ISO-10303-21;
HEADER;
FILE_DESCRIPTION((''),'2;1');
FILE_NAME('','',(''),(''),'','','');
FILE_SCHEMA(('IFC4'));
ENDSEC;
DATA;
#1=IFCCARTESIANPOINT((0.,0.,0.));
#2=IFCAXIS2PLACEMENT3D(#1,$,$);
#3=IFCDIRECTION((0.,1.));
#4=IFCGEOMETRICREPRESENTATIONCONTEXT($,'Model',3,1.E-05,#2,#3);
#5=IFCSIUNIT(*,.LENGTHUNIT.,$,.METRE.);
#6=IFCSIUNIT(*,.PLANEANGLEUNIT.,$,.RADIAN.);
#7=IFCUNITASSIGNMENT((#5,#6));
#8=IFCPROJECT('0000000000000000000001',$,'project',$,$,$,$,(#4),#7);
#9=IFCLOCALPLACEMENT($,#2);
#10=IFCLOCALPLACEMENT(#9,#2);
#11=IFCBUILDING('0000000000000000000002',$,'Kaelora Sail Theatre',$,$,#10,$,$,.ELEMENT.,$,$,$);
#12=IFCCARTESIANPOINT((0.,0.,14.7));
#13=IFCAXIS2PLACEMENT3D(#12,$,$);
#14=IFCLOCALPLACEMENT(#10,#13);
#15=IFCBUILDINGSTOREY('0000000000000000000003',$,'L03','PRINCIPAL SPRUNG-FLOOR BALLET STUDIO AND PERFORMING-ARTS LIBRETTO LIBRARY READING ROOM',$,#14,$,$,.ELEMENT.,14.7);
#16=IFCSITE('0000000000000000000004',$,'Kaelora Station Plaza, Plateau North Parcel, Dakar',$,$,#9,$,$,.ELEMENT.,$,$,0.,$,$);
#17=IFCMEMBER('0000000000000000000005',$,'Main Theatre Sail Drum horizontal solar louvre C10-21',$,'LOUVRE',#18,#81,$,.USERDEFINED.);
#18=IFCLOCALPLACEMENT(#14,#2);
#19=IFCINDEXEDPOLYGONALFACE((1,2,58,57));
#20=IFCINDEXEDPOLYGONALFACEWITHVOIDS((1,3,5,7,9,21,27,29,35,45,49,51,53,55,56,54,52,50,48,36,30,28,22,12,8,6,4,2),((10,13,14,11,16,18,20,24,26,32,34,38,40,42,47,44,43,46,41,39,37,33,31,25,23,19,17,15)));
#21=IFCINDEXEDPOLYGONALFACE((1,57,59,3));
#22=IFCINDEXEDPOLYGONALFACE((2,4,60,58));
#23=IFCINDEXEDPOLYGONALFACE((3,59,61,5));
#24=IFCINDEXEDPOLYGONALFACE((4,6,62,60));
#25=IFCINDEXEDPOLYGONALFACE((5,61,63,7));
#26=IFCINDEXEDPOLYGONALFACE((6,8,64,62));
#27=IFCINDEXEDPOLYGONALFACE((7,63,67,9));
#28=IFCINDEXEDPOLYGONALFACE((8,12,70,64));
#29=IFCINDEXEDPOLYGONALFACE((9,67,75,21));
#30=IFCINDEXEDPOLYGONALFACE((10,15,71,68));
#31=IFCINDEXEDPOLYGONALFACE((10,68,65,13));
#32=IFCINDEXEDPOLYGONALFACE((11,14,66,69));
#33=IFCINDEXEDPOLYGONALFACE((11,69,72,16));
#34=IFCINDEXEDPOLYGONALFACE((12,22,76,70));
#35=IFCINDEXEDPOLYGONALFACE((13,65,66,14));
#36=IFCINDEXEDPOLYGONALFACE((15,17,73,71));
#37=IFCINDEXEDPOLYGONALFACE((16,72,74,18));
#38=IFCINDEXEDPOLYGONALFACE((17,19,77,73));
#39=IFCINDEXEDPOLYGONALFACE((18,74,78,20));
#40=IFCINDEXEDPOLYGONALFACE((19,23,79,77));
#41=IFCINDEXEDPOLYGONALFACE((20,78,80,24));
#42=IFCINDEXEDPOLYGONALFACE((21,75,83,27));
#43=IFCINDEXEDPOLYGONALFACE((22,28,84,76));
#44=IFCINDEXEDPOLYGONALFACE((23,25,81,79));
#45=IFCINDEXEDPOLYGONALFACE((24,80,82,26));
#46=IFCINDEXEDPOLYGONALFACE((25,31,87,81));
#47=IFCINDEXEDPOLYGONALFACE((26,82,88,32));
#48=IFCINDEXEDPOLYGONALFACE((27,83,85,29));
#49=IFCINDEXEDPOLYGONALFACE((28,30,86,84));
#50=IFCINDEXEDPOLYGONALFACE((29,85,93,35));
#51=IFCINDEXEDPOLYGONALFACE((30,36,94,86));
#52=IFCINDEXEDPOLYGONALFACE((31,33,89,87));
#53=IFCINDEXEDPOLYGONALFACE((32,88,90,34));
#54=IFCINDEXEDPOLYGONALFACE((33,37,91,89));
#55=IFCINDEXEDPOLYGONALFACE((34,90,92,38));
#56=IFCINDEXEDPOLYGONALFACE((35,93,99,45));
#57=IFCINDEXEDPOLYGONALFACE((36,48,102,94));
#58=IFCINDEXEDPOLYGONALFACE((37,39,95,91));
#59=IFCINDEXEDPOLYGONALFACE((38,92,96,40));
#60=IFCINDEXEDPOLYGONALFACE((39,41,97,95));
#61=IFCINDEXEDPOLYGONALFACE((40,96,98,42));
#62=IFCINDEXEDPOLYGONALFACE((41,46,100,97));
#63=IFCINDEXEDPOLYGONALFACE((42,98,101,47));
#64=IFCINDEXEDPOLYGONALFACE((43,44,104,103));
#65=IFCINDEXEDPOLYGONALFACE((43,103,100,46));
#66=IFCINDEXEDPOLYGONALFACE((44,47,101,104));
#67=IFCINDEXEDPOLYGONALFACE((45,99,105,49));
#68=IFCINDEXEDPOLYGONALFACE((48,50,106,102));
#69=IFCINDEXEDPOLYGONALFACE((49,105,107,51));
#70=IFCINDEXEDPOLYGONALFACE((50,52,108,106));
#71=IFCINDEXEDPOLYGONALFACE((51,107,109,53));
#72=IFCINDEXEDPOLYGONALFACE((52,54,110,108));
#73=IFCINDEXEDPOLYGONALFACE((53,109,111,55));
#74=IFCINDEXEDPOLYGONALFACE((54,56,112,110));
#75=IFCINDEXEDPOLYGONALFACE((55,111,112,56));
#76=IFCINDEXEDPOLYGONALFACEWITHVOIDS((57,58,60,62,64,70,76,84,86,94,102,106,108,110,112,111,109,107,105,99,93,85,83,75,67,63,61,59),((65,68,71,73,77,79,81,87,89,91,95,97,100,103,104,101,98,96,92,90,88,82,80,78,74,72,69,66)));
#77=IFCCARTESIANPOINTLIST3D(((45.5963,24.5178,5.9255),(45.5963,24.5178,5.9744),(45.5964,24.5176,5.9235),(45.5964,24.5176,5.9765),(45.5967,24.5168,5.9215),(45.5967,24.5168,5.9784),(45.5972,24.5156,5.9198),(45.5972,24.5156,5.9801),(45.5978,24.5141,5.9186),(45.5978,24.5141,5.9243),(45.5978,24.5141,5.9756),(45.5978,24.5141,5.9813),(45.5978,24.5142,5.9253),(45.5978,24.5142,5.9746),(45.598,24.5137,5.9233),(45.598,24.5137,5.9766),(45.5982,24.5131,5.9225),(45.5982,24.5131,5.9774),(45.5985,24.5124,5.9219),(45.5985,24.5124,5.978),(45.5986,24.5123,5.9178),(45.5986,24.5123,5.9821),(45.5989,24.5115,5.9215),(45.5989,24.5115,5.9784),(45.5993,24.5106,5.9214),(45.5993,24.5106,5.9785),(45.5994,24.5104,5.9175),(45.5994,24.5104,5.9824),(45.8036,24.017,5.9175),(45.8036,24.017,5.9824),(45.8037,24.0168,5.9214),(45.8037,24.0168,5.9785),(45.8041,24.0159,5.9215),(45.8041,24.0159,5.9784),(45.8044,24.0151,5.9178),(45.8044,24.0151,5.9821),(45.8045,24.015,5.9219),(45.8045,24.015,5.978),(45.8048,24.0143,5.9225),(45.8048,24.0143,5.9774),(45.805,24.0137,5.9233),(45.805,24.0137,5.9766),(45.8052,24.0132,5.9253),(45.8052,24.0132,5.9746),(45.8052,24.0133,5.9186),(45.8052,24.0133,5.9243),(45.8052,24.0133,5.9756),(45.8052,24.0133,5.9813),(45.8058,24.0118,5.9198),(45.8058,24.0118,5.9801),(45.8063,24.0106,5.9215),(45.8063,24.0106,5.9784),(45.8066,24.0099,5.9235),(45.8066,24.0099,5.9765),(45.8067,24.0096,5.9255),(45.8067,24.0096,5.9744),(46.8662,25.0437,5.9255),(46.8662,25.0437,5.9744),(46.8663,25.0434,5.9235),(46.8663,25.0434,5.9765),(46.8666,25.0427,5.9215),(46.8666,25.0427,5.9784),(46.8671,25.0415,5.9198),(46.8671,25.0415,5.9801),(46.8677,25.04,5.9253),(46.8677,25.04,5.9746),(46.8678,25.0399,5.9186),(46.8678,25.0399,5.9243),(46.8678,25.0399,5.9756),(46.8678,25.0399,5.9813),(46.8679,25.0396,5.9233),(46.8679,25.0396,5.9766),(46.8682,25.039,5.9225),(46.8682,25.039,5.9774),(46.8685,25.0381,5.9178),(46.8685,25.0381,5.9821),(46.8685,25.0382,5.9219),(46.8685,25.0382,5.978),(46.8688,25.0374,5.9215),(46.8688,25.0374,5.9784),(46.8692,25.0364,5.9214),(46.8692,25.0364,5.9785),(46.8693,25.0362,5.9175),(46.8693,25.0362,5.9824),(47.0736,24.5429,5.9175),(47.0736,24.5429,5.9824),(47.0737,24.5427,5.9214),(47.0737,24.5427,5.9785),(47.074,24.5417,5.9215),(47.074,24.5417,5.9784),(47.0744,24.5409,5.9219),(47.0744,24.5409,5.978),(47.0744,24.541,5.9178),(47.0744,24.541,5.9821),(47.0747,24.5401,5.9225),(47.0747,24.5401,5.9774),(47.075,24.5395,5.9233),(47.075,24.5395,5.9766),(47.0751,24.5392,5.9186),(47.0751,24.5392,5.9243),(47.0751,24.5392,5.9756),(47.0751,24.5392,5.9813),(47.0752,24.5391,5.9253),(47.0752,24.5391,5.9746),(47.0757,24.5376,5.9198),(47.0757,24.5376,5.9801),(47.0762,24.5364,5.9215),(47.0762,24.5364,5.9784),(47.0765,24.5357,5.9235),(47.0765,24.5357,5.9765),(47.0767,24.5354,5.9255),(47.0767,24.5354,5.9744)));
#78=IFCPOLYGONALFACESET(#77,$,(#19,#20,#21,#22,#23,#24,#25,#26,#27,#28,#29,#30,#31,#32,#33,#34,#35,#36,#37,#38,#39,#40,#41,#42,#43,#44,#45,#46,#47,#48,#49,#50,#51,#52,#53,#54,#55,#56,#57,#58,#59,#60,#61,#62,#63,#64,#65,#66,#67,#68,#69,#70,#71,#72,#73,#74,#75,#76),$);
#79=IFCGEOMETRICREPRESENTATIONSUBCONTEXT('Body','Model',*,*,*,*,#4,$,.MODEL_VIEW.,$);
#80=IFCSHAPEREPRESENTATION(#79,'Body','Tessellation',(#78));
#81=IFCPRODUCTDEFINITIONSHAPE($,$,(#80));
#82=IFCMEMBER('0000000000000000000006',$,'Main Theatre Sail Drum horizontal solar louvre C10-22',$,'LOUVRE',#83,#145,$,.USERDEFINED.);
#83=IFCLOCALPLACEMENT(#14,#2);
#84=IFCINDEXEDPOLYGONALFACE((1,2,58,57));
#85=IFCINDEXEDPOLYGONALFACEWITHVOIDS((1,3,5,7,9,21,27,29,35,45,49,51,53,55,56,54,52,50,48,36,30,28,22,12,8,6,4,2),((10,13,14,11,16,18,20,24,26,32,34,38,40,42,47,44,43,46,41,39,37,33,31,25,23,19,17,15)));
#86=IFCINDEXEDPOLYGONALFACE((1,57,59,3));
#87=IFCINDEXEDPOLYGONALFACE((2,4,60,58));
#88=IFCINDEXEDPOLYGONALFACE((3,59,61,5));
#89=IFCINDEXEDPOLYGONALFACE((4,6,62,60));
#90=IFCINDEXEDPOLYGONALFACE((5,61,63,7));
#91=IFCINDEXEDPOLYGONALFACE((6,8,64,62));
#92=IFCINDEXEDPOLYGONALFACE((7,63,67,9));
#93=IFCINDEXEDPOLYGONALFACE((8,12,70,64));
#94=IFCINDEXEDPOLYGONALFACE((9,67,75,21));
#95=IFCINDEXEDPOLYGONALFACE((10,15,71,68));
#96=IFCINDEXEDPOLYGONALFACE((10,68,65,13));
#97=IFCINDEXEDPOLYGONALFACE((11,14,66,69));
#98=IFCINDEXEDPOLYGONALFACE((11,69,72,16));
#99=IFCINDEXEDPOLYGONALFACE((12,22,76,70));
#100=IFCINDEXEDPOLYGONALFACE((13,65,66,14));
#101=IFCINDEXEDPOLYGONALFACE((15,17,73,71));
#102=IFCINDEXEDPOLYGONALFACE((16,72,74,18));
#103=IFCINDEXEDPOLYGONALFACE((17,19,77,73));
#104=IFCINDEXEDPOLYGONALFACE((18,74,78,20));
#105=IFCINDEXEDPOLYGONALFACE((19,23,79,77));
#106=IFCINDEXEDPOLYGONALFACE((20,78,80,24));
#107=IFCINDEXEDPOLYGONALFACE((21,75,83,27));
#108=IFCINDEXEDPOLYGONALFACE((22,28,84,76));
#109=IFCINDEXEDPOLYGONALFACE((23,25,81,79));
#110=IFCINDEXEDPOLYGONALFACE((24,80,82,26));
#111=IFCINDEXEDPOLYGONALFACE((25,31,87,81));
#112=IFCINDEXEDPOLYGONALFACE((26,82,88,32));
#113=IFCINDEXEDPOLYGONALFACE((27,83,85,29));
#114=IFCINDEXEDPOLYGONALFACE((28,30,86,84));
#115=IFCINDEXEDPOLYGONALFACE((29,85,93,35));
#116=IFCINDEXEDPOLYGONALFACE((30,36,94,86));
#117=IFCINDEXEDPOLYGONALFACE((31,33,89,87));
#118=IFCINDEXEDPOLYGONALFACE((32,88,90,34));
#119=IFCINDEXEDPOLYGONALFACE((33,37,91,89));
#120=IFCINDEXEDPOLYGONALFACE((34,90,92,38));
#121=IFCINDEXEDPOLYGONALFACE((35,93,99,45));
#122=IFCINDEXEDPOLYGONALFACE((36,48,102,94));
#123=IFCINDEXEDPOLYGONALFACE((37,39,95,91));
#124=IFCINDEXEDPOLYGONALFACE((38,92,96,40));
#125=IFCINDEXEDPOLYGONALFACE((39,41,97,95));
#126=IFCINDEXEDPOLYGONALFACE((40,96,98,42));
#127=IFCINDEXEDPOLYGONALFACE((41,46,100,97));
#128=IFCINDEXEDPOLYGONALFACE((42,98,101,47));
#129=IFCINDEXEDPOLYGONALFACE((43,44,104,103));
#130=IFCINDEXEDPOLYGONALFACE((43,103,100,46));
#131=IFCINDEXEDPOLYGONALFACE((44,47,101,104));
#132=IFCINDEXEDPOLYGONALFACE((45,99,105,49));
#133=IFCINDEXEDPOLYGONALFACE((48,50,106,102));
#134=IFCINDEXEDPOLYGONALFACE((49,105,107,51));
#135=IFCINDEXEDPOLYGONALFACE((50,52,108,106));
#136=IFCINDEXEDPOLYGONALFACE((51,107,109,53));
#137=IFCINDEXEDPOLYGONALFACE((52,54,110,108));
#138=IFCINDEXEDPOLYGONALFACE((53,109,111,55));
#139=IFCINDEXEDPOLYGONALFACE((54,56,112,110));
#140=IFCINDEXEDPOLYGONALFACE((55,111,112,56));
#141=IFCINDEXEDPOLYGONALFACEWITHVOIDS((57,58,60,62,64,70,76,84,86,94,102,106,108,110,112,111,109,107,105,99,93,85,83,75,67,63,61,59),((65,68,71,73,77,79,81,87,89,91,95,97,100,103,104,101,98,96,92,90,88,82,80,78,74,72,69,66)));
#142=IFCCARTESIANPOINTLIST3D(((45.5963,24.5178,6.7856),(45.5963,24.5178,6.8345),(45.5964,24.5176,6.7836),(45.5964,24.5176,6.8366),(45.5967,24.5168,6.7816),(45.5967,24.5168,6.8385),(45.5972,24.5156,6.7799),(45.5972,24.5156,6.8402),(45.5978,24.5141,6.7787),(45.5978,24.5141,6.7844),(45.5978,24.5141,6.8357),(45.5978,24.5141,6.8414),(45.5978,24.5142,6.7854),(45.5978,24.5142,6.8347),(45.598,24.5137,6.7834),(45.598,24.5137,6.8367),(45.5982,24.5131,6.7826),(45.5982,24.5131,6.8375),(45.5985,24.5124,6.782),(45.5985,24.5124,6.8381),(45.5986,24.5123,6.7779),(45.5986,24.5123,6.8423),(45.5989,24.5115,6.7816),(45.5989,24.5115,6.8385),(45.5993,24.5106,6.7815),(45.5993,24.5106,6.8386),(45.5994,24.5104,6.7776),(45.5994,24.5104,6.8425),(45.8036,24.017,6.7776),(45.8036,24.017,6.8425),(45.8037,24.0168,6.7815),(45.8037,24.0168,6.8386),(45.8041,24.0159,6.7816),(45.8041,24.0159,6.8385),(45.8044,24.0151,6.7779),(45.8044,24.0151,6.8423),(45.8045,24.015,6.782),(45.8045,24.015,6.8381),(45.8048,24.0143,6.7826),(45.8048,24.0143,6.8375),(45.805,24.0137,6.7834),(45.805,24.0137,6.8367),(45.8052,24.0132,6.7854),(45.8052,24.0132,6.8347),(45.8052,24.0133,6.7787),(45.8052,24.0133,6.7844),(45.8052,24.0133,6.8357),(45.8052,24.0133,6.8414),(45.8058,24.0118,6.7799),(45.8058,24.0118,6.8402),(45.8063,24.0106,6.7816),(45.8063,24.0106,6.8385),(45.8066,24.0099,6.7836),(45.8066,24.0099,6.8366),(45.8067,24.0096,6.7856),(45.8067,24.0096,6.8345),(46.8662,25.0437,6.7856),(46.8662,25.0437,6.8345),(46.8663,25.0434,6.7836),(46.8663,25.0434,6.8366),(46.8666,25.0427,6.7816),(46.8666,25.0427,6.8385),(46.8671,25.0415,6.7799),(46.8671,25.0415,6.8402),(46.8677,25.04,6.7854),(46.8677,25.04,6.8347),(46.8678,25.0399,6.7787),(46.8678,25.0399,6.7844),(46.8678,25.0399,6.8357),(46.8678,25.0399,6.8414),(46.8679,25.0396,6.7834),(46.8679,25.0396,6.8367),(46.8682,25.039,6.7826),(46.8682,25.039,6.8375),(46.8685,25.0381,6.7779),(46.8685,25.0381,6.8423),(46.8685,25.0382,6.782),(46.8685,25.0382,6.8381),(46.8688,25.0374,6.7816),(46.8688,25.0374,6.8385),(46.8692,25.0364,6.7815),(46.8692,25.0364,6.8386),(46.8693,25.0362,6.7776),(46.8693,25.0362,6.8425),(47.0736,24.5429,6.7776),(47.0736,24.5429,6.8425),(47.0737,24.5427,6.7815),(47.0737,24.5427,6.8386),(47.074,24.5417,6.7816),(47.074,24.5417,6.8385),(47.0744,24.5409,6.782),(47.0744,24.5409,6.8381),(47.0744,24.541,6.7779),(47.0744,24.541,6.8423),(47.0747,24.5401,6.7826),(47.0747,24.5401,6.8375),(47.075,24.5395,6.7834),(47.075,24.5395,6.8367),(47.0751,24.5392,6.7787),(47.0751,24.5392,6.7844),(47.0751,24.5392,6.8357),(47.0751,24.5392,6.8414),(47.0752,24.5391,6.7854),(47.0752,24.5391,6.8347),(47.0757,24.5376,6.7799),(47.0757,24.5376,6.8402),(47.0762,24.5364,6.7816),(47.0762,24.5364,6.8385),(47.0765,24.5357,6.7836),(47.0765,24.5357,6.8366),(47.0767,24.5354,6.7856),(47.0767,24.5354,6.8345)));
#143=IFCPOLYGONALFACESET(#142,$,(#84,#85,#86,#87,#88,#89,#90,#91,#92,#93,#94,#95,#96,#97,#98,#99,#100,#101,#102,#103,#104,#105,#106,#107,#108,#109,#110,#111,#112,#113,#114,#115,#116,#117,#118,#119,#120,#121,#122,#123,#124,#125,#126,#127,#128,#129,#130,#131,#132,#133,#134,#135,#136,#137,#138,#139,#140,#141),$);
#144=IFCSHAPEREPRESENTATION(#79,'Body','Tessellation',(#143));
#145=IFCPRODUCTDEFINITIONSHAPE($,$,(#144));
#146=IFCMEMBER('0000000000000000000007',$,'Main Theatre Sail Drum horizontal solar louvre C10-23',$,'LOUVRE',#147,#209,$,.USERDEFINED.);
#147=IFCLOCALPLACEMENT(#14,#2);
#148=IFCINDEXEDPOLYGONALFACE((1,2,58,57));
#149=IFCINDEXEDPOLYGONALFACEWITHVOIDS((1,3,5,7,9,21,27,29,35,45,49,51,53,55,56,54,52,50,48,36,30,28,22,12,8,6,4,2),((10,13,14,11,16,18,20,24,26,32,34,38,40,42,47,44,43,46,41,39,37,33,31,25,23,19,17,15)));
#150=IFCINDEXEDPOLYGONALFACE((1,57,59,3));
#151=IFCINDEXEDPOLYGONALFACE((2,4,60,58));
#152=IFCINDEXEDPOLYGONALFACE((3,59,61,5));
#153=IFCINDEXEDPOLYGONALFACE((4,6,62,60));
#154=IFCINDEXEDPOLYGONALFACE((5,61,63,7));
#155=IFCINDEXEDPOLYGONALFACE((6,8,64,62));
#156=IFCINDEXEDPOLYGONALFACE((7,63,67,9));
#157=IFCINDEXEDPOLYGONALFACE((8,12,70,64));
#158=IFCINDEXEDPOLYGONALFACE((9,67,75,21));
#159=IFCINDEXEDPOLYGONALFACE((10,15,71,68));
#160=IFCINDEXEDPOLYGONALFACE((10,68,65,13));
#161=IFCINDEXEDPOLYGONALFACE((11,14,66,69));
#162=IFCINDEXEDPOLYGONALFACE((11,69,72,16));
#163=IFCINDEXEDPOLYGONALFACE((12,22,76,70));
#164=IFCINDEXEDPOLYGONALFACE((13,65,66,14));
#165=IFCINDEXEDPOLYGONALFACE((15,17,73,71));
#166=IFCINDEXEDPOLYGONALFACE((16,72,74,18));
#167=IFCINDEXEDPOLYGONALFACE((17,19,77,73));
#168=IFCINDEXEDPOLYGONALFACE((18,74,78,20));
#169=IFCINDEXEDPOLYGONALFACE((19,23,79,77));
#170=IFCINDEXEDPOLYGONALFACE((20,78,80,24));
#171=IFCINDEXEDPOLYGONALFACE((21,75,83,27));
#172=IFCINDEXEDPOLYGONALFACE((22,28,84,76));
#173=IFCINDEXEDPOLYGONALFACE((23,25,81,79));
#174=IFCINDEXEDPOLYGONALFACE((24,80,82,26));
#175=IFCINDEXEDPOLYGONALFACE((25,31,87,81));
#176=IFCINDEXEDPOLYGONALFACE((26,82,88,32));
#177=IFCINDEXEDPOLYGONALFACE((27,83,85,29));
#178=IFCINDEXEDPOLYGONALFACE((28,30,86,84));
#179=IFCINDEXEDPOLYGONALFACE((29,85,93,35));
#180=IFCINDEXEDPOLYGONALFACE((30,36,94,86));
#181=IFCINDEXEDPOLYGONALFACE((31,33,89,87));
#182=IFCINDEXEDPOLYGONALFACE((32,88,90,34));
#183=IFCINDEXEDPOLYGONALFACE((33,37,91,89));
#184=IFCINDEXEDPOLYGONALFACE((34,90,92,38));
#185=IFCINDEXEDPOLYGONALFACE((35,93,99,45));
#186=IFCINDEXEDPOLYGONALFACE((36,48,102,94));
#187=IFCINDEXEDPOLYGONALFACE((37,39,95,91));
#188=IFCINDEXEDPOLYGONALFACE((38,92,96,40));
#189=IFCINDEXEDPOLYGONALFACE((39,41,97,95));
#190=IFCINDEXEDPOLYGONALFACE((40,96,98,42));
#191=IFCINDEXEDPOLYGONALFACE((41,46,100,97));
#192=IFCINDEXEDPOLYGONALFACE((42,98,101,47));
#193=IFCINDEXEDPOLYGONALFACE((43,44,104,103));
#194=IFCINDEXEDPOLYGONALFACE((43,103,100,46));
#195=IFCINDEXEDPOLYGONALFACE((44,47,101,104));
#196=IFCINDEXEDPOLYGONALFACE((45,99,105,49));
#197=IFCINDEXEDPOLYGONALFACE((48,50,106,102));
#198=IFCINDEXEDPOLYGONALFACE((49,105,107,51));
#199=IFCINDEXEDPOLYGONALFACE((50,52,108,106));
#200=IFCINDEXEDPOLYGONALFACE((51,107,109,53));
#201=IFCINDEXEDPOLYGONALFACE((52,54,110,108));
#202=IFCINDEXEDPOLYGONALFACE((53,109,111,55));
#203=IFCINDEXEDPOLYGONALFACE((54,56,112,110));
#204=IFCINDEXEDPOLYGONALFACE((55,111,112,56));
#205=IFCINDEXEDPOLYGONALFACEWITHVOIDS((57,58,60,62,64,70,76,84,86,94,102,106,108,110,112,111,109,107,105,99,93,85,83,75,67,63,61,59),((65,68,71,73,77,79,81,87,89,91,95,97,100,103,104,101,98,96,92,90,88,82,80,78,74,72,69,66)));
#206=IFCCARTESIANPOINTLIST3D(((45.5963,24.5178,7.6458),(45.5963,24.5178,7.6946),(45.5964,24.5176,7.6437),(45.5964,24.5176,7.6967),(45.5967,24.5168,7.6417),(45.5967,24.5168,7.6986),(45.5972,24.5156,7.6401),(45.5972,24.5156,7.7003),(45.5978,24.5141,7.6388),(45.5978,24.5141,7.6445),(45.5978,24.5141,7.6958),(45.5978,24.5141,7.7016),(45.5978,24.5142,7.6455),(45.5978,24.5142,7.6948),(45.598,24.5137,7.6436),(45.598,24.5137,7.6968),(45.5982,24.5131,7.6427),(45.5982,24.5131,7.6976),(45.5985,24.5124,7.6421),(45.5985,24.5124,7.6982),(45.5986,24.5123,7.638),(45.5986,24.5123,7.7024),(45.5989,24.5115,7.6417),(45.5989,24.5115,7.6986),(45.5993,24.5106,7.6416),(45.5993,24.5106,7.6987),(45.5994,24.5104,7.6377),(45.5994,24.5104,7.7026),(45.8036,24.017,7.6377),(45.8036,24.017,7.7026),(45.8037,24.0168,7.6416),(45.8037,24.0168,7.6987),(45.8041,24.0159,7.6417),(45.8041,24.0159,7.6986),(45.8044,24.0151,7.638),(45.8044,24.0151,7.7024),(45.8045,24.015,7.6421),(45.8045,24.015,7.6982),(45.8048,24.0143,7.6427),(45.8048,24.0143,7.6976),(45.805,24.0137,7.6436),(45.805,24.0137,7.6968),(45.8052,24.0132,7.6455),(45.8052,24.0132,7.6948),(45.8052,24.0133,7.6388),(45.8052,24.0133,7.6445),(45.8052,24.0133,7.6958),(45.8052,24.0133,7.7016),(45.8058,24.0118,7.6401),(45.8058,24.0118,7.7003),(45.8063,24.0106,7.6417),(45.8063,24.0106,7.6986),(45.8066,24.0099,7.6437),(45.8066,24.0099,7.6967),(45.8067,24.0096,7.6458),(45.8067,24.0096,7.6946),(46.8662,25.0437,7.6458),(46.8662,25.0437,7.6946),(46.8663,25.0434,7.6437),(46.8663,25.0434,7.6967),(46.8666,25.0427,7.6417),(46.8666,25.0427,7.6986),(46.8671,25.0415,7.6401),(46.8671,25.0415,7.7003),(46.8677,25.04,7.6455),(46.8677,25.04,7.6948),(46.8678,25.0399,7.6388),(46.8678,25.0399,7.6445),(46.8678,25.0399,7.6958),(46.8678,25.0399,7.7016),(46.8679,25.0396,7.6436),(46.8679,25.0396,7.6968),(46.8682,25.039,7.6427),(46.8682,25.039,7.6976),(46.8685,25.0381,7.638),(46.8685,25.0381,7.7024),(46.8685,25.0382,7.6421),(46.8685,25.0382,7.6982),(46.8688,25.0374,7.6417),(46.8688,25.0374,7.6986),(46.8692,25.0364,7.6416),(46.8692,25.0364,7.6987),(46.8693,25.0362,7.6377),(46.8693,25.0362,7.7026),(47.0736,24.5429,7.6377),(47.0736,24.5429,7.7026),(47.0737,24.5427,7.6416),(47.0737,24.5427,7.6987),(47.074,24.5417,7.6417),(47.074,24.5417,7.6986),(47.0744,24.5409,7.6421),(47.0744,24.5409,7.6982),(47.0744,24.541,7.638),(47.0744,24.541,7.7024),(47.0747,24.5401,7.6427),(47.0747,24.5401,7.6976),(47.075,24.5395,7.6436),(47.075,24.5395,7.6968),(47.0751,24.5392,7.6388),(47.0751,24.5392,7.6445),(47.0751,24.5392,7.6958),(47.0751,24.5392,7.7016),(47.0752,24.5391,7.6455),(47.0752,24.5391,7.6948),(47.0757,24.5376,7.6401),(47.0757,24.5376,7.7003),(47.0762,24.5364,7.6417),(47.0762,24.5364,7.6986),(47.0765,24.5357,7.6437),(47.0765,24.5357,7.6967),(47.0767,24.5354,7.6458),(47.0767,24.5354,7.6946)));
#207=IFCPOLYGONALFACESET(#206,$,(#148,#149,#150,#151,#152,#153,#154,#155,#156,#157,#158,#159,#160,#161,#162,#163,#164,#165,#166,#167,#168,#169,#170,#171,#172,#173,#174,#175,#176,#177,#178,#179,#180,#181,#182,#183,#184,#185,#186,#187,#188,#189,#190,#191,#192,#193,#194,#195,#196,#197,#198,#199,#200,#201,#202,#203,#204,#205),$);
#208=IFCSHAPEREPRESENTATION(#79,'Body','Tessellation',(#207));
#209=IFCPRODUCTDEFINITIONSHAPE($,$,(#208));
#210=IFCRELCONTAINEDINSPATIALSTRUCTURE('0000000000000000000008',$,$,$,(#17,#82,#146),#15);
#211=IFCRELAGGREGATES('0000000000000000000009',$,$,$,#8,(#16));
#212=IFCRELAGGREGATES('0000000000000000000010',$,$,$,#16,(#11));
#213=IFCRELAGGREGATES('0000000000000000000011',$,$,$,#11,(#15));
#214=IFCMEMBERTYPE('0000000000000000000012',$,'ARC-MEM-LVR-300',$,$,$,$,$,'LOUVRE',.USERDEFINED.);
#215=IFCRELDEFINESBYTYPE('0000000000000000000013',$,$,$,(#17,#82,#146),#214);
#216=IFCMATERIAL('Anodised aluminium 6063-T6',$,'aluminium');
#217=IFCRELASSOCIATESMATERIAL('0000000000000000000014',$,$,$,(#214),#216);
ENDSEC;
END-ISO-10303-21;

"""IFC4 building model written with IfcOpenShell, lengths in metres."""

from ifc_helpers import new_model, si_unit, direction, frame, origin, origin_2d, place, context, subcontext, project, spatial, hollow_rectangle, extrude, material, material_profile, profile_set, type_object, element, save


model = new_model("IFC4")

# Units and contexts
model_context = context("Model", 3, precision=1e-05, world=origin(), true_north=direction((0.0, 1.0)))
body_context = subcontext(model_context, "Body", "Model", "MODEL_VIEW")
ifc_project = project(units=[si_unit("LENGTHUNIT", "METRE"), si_unit("PLANEANGLEUNIT", "RADIAN")], contexts=[model_context])

# Site, building, storey
site_placement = place(None, origin())
site = spatial("IfcSite", under=ifc_project, at=site_placement, Name="Kaelora Station Plaza, Plateau North Parcel, Dakar", CompositionType="ELEMENT", RefElevation=0.0)
building_placement = place(site_placement, origin())
building = spatial("IfcBuilding", under=site, at=building_placement, Name="Kaelora Sail Theatre", CompositionType="ELEMENT")
storey_placement = place(building_placement, frame((0.0, 0.0, 14.7)))
storey = spatial("IfcBuildingStorey", under=building, at=storey_placement, Name="L03", Description="PRINCIPAL SPRUNG-FLOOR BALLET STUDIO AND PERFORMING-ARTS LIBRETTO LIBRARY READING ROOM", CompositionType="ELEMENT", Elevation=14.7)

# Members
ifc_material = material(Name="Anodised aluminium 6063-T6", Category="aluminium")
ifc_material_profile = material_profile(ifc_material, hollow_rectangle(XDim=0.55, YDim=0.0649, WallThickness=0.0039, InnerFilletRadius=0.0039, OuterFilletRadius=0.0081, at=origin_2d()), Name="LOUVRE 550x65x4")
ifc_profile_set = profile_set([ifc_material_profile], Name="Anodised aluminium 6063-T6")
member_type = type_object("IfcMemberType", Name="ARC-MEM-LVR-300", ElementType="LOUVRE", PredefinedType="USERDEFINED", material=ifc_profile_set)
for number, where, z_axis, x_axis, name in (
    (1, (46.9714, 24.7896, 5.95), (-0.923926, -0.382571, 0.0), (0.382571, -0.923926, 0.0), "Main Theatre Sail Drum horizontal solar louvre C10-21"),
    (2, (46.9714, 24.7896, 6.8101), (-0.923926, -0.382571, 0.0), (0.382571, -0.923926, 0.0), "Main Theatre Sail Drum horizontal solar louvre C10-22"),
    (3, (46.9714, 24.7896, 7.6702), (-0.923926, -0.382571, 0.0), (0.382571, -0.923926, 0.0), "Main Theatre Sail Drum horizontal solar louvre C10-23"),
):
    element("IfcMember", number, at=place(storey_placement, frame(where, z_axis=z_axis, x_axis=x_axis)), inside=storey, type_object=member_type, Name=name, ObjectType="LOUVRE", PredefinedType="USERDEFINED", context=body_context, shape_type="SweptSolid", body=[
        extrude(hollow_rectangle(XDim=0.55, YDim=0.0649, WallThickness=0.0039, InnerFilletRadius=0.0039, OuterFilletRadius=0.0081, at=origin_2d()), origin(), (0.0, 0.0, 1.0), 1.3745),
    ])

save(model, "model.ifc")
